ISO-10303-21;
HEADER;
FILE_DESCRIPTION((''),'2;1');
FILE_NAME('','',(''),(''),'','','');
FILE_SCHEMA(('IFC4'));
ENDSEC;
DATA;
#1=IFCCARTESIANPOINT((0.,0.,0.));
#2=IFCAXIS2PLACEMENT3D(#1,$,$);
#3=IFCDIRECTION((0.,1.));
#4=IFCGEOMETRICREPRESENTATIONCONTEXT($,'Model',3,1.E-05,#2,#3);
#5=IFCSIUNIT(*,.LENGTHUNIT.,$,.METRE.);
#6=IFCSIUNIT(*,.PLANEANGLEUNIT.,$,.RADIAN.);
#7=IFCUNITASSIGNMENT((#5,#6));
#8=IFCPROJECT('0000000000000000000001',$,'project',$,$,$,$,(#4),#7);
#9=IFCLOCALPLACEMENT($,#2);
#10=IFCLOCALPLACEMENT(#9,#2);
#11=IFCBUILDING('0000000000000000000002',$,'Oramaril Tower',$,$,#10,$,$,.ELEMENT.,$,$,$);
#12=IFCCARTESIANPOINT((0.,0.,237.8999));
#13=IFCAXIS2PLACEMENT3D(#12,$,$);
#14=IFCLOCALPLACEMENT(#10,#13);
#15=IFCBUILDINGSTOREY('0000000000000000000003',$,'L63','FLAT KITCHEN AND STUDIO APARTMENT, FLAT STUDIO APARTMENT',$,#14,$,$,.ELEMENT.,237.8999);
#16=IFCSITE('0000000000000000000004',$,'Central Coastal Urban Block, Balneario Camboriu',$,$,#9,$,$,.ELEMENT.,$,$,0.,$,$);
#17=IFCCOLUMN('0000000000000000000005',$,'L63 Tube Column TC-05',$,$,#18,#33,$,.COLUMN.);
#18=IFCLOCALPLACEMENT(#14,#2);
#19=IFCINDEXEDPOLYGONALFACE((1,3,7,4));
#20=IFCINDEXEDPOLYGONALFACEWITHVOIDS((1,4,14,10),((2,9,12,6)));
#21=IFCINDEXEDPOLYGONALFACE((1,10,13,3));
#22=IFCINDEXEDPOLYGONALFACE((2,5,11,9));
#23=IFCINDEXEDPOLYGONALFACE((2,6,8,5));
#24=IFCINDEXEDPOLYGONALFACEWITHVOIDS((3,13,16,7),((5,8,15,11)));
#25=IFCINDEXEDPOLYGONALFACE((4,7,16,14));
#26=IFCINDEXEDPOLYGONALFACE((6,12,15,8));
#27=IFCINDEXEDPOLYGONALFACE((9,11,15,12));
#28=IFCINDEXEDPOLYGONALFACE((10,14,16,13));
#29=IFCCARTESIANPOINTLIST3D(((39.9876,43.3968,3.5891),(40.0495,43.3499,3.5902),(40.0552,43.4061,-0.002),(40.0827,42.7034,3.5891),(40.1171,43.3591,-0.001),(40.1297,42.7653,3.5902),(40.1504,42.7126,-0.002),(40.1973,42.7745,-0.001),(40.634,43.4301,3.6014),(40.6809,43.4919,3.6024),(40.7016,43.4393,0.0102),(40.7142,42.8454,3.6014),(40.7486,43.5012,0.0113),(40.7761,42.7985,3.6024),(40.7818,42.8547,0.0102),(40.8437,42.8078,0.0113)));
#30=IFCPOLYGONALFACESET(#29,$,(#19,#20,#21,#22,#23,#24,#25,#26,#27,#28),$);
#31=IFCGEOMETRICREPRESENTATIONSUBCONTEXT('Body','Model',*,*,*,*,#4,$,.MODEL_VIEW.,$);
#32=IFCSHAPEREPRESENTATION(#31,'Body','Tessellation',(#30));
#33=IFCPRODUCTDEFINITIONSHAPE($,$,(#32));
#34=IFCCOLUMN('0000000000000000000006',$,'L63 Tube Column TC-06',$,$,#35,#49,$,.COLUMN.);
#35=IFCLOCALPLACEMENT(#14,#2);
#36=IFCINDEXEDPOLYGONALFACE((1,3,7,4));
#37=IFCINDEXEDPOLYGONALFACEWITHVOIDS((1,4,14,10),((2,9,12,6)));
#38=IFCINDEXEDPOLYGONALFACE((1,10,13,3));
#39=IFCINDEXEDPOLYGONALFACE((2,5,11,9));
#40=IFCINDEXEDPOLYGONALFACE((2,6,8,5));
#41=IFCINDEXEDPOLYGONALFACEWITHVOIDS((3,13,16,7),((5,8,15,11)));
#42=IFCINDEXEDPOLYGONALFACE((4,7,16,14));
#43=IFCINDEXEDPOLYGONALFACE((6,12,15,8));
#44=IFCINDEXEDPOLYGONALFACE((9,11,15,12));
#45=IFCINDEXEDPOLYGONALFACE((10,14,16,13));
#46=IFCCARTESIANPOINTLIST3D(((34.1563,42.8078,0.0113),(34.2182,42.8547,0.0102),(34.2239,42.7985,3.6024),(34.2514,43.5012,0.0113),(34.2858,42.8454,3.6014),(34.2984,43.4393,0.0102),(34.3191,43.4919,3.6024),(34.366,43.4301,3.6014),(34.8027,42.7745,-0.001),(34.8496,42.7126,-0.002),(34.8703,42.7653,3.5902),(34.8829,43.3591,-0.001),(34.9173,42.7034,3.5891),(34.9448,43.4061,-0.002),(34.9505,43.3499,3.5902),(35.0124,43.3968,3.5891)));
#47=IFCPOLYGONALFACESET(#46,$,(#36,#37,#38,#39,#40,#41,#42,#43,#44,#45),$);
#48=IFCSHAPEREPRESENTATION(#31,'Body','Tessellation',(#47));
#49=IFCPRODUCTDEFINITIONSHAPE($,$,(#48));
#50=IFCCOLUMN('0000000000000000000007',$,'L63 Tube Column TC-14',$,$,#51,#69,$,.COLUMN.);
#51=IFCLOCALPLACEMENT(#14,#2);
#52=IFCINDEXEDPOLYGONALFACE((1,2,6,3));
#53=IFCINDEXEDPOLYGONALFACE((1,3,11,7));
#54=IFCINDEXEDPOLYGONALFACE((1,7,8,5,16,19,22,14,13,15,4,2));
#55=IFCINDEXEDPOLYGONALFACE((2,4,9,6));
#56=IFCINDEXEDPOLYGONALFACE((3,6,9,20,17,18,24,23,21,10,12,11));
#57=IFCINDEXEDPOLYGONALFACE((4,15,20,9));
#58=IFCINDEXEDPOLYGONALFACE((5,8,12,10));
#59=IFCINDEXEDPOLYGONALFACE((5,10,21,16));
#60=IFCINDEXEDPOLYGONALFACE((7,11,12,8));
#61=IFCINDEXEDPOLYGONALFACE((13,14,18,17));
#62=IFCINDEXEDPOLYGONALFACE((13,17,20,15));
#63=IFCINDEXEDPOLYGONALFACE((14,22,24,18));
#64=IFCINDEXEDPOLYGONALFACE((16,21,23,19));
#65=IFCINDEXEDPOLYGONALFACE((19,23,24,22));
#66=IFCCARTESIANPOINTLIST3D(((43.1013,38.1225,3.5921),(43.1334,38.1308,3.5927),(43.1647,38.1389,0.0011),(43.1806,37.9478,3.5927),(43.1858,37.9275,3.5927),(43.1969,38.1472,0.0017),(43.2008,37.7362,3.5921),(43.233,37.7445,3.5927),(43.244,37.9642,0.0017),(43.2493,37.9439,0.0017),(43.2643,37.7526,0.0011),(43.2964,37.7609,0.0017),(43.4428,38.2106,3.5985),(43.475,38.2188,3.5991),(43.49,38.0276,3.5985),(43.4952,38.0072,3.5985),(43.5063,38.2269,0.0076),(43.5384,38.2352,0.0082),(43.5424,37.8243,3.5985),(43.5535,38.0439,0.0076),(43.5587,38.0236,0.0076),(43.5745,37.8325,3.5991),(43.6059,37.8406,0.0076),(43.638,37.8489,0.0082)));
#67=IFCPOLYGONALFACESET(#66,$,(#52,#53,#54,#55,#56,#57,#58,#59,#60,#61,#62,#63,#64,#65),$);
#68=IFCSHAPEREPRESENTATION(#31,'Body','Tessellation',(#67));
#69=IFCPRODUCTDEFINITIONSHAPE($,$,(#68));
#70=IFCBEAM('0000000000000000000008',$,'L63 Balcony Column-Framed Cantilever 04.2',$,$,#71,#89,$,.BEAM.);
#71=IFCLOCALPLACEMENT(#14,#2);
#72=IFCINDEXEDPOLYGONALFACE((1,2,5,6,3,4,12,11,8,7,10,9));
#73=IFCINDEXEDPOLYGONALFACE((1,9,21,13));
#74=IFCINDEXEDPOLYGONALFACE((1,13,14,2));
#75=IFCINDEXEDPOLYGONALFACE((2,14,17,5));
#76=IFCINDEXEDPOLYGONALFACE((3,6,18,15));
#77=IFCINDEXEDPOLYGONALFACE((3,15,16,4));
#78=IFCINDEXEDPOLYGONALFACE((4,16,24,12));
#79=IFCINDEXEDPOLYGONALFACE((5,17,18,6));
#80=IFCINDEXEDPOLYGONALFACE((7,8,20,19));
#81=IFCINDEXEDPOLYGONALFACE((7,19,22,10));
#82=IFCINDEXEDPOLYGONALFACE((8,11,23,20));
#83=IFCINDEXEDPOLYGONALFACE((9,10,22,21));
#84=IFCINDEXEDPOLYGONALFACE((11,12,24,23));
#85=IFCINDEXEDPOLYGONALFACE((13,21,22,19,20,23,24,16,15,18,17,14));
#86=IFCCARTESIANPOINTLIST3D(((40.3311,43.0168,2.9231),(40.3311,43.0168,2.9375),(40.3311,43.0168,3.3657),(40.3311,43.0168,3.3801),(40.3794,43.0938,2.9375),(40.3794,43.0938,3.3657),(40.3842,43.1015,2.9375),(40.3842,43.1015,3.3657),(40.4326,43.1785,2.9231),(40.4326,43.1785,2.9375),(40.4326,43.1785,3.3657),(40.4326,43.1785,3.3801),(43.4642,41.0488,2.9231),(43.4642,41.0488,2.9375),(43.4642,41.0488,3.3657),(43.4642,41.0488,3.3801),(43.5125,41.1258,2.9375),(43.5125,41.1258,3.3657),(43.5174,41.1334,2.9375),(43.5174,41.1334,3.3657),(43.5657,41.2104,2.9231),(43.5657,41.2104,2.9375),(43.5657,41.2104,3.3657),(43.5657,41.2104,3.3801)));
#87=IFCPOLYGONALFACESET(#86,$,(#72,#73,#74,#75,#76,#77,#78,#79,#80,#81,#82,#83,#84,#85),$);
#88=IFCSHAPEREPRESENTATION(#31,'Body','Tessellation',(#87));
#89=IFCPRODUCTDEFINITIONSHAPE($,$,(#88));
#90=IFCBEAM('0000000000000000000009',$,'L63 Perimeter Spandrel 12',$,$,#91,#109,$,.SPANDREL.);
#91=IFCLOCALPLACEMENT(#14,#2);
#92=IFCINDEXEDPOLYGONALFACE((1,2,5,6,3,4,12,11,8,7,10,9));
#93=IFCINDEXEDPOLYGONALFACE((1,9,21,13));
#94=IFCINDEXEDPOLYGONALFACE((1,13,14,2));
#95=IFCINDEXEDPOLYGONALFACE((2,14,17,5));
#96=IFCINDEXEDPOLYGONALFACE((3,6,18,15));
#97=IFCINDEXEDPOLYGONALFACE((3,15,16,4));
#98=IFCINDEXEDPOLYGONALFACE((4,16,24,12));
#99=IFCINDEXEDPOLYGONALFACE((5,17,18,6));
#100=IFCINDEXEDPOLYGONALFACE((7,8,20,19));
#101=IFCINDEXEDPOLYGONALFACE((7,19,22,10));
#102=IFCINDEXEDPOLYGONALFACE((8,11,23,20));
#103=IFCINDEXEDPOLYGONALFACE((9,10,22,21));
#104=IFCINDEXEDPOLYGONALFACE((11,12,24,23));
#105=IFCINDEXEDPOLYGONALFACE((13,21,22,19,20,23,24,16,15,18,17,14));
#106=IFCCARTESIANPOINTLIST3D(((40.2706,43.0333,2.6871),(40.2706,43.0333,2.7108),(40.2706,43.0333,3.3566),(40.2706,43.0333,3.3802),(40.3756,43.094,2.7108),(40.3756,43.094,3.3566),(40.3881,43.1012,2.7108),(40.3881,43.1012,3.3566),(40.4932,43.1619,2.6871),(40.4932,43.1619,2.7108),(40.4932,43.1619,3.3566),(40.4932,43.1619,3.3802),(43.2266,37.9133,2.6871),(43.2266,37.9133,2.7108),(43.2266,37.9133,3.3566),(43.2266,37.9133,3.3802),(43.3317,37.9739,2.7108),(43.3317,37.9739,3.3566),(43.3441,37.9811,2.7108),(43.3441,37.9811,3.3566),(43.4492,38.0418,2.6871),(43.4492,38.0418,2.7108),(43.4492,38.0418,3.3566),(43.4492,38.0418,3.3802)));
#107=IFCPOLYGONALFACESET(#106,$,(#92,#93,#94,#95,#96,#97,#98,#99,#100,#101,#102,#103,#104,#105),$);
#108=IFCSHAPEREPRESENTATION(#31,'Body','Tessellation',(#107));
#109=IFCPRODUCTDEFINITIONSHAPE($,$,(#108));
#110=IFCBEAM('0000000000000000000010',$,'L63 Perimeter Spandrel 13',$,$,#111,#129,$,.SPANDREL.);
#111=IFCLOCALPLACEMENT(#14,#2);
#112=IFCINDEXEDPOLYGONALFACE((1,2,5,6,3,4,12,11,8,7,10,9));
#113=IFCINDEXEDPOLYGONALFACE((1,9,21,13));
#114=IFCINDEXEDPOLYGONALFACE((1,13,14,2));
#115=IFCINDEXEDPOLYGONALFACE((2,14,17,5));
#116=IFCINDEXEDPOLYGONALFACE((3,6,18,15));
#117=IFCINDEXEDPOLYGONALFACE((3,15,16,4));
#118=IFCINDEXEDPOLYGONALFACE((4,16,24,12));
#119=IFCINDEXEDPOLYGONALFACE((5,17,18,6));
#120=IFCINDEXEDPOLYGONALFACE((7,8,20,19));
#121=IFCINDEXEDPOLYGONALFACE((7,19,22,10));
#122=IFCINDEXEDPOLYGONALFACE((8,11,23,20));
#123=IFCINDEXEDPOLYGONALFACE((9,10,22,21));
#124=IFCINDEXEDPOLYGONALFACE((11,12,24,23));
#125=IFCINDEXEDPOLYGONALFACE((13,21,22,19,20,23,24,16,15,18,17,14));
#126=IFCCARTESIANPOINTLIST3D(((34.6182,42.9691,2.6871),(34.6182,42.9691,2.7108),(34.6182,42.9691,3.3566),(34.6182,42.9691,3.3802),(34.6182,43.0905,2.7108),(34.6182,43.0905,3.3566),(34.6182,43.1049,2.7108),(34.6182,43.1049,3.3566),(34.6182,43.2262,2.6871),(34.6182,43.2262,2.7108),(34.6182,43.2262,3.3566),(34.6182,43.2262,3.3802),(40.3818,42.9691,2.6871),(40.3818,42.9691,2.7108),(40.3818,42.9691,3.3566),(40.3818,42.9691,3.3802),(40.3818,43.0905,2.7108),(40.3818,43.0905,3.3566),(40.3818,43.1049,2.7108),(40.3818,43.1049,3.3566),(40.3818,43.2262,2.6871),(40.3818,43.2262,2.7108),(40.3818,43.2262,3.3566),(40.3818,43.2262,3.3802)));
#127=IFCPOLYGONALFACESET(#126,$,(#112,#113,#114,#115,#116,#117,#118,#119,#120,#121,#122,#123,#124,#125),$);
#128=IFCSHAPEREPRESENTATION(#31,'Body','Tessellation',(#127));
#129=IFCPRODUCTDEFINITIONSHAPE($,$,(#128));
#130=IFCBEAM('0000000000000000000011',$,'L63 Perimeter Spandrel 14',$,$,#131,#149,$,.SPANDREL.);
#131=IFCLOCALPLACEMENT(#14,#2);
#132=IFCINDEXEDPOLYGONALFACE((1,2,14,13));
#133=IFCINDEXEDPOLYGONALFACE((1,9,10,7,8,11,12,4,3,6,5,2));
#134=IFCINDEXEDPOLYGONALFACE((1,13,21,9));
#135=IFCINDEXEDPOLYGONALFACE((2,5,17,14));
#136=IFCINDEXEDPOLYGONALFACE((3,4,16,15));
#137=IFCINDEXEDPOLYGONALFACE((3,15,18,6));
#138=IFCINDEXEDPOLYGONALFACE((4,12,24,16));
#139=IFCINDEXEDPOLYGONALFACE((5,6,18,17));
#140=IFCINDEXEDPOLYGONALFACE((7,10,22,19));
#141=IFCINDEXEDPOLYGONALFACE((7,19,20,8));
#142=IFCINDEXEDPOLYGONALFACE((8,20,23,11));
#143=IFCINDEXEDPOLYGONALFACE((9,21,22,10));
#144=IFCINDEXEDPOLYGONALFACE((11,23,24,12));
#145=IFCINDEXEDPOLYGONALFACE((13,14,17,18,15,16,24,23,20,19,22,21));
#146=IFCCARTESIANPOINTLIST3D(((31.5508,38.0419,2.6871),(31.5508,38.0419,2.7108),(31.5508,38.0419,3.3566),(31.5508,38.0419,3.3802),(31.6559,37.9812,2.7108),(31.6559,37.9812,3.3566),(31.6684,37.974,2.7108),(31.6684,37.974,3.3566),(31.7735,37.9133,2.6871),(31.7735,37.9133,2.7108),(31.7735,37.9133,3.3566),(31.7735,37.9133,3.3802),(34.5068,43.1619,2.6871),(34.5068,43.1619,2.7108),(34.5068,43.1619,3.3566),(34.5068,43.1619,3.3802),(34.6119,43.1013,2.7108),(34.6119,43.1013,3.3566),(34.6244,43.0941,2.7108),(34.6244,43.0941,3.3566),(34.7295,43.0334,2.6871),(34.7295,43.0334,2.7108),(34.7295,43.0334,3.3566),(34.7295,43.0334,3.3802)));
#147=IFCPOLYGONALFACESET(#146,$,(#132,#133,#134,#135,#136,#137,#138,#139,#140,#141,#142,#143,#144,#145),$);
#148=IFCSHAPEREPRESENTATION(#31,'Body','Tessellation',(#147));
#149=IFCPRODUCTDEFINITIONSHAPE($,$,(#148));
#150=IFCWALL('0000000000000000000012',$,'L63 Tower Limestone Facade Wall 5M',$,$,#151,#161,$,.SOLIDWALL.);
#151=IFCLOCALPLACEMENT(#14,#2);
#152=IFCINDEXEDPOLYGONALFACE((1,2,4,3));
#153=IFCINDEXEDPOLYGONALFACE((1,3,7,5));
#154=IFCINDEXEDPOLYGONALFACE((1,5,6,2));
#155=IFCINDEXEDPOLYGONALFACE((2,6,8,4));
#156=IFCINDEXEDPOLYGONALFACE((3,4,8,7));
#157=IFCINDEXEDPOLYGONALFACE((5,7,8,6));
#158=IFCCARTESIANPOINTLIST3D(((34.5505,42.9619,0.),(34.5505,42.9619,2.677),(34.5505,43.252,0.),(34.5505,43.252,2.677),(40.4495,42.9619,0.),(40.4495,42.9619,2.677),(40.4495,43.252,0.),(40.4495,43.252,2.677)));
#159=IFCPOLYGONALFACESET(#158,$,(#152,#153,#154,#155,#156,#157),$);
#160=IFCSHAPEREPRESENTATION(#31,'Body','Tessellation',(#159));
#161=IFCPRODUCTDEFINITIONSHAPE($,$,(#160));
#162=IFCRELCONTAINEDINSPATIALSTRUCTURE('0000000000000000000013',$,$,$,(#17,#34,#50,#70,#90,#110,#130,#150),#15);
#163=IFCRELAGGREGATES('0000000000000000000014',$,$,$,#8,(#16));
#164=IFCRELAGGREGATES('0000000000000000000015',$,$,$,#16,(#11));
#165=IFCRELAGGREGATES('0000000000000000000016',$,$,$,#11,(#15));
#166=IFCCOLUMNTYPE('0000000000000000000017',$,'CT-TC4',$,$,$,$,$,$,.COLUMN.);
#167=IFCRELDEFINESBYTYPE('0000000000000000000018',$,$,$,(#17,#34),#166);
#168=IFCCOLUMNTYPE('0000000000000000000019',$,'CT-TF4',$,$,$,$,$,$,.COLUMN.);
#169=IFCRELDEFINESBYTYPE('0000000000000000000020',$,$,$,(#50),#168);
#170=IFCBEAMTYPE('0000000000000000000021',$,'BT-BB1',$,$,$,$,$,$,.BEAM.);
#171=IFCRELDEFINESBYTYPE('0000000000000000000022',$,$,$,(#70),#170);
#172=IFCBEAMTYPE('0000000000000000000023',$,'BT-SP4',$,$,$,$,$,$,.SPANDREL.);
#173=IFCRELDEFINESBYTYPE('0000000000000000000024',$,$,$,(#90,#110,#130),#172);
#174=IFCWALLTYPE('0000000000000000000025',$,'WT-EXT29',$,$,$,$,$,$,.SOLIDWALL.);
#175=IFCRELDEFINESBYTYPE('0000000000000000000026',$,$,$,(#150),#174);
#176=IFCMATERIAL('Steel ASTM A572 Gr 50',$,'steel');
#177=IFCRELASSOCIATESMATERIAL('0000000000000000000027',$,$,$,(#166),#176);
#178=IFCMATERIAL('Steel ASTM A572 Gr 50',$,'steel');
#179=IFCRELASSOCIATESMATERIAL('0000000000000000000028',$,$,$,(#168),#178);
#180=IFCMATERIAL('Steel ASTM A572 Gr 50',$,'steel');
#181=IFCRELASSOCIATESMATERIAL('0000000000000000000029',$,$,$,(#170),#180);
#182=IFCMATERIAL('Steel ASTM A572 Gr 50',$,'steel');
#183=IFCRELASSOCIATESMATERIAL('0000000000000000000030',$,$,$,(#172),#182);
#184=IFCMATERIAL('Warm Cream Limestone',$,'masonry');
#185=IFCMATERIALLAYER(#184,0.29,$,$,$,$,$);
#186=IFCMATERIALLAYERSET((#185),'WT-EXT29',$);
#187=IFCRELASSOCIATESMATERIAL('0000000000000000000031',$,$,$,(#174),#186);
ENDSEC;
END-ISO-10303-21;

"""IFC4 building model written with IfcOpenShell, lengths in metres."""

from ifc_helpers import new_model, si_unit, direction, frame, frame_2d, origin, origin_2d, place, context, subcontext, project, spatial, rectangle, hollow_rectangle, i_section, extrude, material, layer, layer_set, material_profile, profile_set, type_object, element, save


model = new_model("IFC4")

# Units and contexts
model_context = context("Model", 3, precision=1e-05, world=origin(), true_north=direction((0.0, 1.0)))
body_context = subcontext(model_context, "Body", "Model", "MODEL_VIEW")
ifc_project = project(units=[si_unit("LENGTHUNIT", "METRE"), si_unit("PLANEANGLEUNIT", "RADIAN")], contexts=[model_context])

# Site, building, storey
site_placement = place(None, origin())
site = spatial("IfcSite", under=ifc_project, at=site_placement, Name="Central Coastal Urban Block, Balneario Camboriu", CompositionType="ELEMENT", RefElevation=0.0)
building_placement = place(site_placement, origin())
building = spatial("IfcBuilding", under=site, at=building_placement, Name="Oramaril Tower", CompositionType="ELEMENT")
storey_placement = place(building_placement, frame((0.0, 0.0, 237.8999)))
storey = spatial("IfcBuildingStorey", under=building, at=storey_placement, Name="L63", Description="FLAT KITCHEN AND STUDIO APARTMENT, FLAT STUDIO APARTMENT", CompositionType="ELEMENT", Elevation=237.8999)

# Columns
ifc_material_1 = material(Name="Steel ASTM A572 Gr 50", Category="steel")
ifc_material_profile_1 = material_profile(ifc_material_1, hollow_rectangle(XDim=0.7, YDim=0.7, WallThickness=0.0549, at=origin_2d()), Name="BOX700X700X55")
ifc_profile_set_1 = profile_set([ifc_material_profile_1], Name="Steel ASTM A572 Gr 50")
column_type_1 = type_object("IfcColumnType", Name="CT-TC4", PredefinedType="COLUMN", material=ifc_profile_set_1)
for number, where, z_axis, x_axis, name in (
    (1, (40.4495, 43.1069, 0.0046), (-0.018829, -0.002583, 0.999819), (0.135911, -0.990721, 0.0), "L63 Tube Column TC-05"),
    (2, (34.5505, 43.1069, 0.0046), (0.018829, -0.002583, 0.999819), (0.135911, 0.990721, 0.0), "L63 Tube Column TC-06"),
):
    element("IfcColumn", number, at=place(storey_placement, frame(where, z_axis=z_axis, x_axis=x_axis)), inside=storey, type_object=column_type_1, Name=name, PredefinedType="COLUMN", context=body_context, shape_type="SweptSolid", body=[
        extrude(hollow_rectangle(XDim=0.7, YDim=0.7, WallThickness=0.0549, at=origin_2d()), origin(), (0.0, 0.0, 1.0), 3.5918),
    ])
ifc_material_2 = material(Name="Steel ASTM A572 Gr 50", Category="steel")
ifc_material_profile_2 = material_profile(ifc_material_2, i_section(OverallWidth=0.3989, OverallDepth=0.386, WebThickness=0.021, FlangeThickness=0.0332, at=origin_2d()), Name="W14X176")
ifc_profile_set_2 = profile_set([ifc_material_profile_2], Name="Steel ASTM A572 Gr 50")
column_type_2 = type_object("IfcColumnType", Name="CT-TF4", PredefinedType="COLUMN", material=ifc_profile_set_2)
column_placement = place(storey_placement, frame((43.4014, 37.9939, 0.0046), z_axis=(-0.017673, -0.004554, 0.999833), x_axis=(0.24954, -0.968364, 0.0)))
element("IfcColumn", 3, at=column_placement, inside=storey, type_object=column_type_2, Name="L63 Tube Column TC-14", PredefinedType="COLUMN", context=body_context, shape_type="SweptSolid", body=[
    extrude(i_section(OverallWidth=0.3989, OverallDepth=0.386, WebThickness=0.021, FlangeThickness=0.0332, at=origin_2d()), origin(), (0.0, 0.0, 1.0), 3.5916),
])

# Beams
ifc_material_3 = material(Name="Steel ASTM A572 Gr 50", Category="steel")
ifc_material_profile_3 = material_profile(ifc_material_3, i_section(OverallWidth=0.1909, OverallDepth=0.457, WebThickness=0.009, FlangeThickness=0.0144, at=origin_2d()), Name="W18X50")
ifc_profile_set_3 = profile_set([ifc_material_profile_3], Name="Steel ASTM A572 Gr 50")
beam_type_1 = type_object("IfcBeamType", Name="BT-BB1", PredefinedType="BEAM", material=ifc_profile_set_3)
beam_1_placement = place(storey_placement, frame((40.3818, 43.0977, 3.1516), z_axis=(0.846799, -0.531913, 0.0), x_axis=(0.531913, 0.846799, 0.0)))
element("IfcBeam", 4, at=beam_1_placement, inside=storey, type_object=beam_type_1, Name="L63 Balcony Column-Framed Cantilever 04.2", PredefinedType="BEAM", context=body_context, shape_type="SweptSolid", body=[
    extrude(i_section(OverallWidth=0.1909, OverallDepth=0.457, WebThickness=0.009, FlangeThickness=0.0144, at=origin_2d()), origin(), (0.0, 0.0, 1.0), 3.7),
])
ifc_material_4 = material(Name="Steel ASTM A572 Gr 50", Category="steel")
ifc_material_profile_4 = material_profile(ifc_material_4, i_section(OverallWidth=0.2571, OverallDepth=0.6931, WebThickness=0.0144, FlangeThickness=0.0237, at=origin_2d()), Name="W27X114")
ifc_profile_set_4 = profile_set([ifc_material_profile_4], Name="Steel ASTM A572 Gr 50")
beam_type_2 = type_object("IfcBeamType", Name="BT-SP4", PredefinedType="SPANDREL", material=ifc_profile_set_4)
beam_2_placement = place(storey_placement, frame((43.3379, 37.9775, 3.0337), z_axis=(-0.499994, 0.866029, 0.0), x_axis=(-0.866029, -0.499994, 0.0)))
element("IfcBeam", 5, at=beam_2_placement, inside=storey, type_object=beam_type_2, Name="L63 Perimeter Spandrel 12", PredefinedType="SPANDREL", context=body_context, shape_type="SweptSolid", body=[
    extrude(i_section(OverallWidth=0.2571, OverallDepth=0.6931, WebThickness=0.0144, FlangeThickness=0.0237, at=origin_2d()), origin(), (0.0, 0.0, 1.0), 5.9121),
])
beam_3_placement = place(storey_placement, frame((40.3818, 43.0977, 3.0337), z_axis=(-1.0, 0.0, 0.0), x_axis=(0.0, -1.0, 0.0)))
element("IfcBeam", 6, at=beam_3_placement, inside=storey, type_object=beam_type_2, Name="L63 Perimeter Spandrel 13", PredefinedType="SPANDREL", context=body_context, shape_type="SweptSolid", body=[
    extrude(i_section(OverallWidth=0.2571, OverallDepth=0.6931, WebThickness=0.0144, FlangeThickness=0.0237, at=origin_2d()), origin(), (0.0, 0.0, 1.0), 5.7637),
])
beam_4_placement = place(storey_placement, frame((34.6182, 43.0977, 3.0337), z_axis=(-0.499994, -0.866029, 0.0), x_axis=(0.866029, -0.499994, 0.0)))
element("IfcBeam", 7, at=beam_4_placement, inside=storey, type_object=beam_type_2, Name="L63 Perimeter Spandrel 14", PredefinedType="SPANDREL", context=body_context, shape_type="SweptSolid", body=[
    extrude(i_section(OverallWidth=0.2571, OverallDepth=0.6931, WebThickness=0.0144, FlangeThickness=0.0237, at=origin_2d()), origin(), (0.0, 0.0, 1.0), 5.9121),
])

# Wall
ifc_material_5 = material(Name="Warm Cream Limestone", Category="masonry")
ifc_layer_1 = layer(ifc_material_5, 0.29)
ifc_layer_set_1 = layer_set([ifc_layer_1], Name="WT-EXT29")
wall_type = type_object("IfcWallType", Name="WT-EXT29", PredefinedType="SOLIDWALL", material=ifc_layer_set_1)
wall_1_placement = place(storey_placement, frame((40.4495, 43.1069, 0.0), z_axis=(0.0, 0.0, 1.0), x_axis=(-1.0, 0.0, 0.0)))
element("IfcWall", 8, at=wall_1_placement, inside=storey, type_object=wall_type, Name="L63 Tower Limestone Facade Wall 5M", PredefinedType="SOLIDWALL", context=body_context, shape_type="SweptSolid", body=[
    extrude(rectangle(XDim=5.8989, YDim=0.29, at=frame_2d((2.9495, 0.0))), origin(), (0.0, 0.0, 1.0), 2.677),
])

save(model, "model.ifc")
